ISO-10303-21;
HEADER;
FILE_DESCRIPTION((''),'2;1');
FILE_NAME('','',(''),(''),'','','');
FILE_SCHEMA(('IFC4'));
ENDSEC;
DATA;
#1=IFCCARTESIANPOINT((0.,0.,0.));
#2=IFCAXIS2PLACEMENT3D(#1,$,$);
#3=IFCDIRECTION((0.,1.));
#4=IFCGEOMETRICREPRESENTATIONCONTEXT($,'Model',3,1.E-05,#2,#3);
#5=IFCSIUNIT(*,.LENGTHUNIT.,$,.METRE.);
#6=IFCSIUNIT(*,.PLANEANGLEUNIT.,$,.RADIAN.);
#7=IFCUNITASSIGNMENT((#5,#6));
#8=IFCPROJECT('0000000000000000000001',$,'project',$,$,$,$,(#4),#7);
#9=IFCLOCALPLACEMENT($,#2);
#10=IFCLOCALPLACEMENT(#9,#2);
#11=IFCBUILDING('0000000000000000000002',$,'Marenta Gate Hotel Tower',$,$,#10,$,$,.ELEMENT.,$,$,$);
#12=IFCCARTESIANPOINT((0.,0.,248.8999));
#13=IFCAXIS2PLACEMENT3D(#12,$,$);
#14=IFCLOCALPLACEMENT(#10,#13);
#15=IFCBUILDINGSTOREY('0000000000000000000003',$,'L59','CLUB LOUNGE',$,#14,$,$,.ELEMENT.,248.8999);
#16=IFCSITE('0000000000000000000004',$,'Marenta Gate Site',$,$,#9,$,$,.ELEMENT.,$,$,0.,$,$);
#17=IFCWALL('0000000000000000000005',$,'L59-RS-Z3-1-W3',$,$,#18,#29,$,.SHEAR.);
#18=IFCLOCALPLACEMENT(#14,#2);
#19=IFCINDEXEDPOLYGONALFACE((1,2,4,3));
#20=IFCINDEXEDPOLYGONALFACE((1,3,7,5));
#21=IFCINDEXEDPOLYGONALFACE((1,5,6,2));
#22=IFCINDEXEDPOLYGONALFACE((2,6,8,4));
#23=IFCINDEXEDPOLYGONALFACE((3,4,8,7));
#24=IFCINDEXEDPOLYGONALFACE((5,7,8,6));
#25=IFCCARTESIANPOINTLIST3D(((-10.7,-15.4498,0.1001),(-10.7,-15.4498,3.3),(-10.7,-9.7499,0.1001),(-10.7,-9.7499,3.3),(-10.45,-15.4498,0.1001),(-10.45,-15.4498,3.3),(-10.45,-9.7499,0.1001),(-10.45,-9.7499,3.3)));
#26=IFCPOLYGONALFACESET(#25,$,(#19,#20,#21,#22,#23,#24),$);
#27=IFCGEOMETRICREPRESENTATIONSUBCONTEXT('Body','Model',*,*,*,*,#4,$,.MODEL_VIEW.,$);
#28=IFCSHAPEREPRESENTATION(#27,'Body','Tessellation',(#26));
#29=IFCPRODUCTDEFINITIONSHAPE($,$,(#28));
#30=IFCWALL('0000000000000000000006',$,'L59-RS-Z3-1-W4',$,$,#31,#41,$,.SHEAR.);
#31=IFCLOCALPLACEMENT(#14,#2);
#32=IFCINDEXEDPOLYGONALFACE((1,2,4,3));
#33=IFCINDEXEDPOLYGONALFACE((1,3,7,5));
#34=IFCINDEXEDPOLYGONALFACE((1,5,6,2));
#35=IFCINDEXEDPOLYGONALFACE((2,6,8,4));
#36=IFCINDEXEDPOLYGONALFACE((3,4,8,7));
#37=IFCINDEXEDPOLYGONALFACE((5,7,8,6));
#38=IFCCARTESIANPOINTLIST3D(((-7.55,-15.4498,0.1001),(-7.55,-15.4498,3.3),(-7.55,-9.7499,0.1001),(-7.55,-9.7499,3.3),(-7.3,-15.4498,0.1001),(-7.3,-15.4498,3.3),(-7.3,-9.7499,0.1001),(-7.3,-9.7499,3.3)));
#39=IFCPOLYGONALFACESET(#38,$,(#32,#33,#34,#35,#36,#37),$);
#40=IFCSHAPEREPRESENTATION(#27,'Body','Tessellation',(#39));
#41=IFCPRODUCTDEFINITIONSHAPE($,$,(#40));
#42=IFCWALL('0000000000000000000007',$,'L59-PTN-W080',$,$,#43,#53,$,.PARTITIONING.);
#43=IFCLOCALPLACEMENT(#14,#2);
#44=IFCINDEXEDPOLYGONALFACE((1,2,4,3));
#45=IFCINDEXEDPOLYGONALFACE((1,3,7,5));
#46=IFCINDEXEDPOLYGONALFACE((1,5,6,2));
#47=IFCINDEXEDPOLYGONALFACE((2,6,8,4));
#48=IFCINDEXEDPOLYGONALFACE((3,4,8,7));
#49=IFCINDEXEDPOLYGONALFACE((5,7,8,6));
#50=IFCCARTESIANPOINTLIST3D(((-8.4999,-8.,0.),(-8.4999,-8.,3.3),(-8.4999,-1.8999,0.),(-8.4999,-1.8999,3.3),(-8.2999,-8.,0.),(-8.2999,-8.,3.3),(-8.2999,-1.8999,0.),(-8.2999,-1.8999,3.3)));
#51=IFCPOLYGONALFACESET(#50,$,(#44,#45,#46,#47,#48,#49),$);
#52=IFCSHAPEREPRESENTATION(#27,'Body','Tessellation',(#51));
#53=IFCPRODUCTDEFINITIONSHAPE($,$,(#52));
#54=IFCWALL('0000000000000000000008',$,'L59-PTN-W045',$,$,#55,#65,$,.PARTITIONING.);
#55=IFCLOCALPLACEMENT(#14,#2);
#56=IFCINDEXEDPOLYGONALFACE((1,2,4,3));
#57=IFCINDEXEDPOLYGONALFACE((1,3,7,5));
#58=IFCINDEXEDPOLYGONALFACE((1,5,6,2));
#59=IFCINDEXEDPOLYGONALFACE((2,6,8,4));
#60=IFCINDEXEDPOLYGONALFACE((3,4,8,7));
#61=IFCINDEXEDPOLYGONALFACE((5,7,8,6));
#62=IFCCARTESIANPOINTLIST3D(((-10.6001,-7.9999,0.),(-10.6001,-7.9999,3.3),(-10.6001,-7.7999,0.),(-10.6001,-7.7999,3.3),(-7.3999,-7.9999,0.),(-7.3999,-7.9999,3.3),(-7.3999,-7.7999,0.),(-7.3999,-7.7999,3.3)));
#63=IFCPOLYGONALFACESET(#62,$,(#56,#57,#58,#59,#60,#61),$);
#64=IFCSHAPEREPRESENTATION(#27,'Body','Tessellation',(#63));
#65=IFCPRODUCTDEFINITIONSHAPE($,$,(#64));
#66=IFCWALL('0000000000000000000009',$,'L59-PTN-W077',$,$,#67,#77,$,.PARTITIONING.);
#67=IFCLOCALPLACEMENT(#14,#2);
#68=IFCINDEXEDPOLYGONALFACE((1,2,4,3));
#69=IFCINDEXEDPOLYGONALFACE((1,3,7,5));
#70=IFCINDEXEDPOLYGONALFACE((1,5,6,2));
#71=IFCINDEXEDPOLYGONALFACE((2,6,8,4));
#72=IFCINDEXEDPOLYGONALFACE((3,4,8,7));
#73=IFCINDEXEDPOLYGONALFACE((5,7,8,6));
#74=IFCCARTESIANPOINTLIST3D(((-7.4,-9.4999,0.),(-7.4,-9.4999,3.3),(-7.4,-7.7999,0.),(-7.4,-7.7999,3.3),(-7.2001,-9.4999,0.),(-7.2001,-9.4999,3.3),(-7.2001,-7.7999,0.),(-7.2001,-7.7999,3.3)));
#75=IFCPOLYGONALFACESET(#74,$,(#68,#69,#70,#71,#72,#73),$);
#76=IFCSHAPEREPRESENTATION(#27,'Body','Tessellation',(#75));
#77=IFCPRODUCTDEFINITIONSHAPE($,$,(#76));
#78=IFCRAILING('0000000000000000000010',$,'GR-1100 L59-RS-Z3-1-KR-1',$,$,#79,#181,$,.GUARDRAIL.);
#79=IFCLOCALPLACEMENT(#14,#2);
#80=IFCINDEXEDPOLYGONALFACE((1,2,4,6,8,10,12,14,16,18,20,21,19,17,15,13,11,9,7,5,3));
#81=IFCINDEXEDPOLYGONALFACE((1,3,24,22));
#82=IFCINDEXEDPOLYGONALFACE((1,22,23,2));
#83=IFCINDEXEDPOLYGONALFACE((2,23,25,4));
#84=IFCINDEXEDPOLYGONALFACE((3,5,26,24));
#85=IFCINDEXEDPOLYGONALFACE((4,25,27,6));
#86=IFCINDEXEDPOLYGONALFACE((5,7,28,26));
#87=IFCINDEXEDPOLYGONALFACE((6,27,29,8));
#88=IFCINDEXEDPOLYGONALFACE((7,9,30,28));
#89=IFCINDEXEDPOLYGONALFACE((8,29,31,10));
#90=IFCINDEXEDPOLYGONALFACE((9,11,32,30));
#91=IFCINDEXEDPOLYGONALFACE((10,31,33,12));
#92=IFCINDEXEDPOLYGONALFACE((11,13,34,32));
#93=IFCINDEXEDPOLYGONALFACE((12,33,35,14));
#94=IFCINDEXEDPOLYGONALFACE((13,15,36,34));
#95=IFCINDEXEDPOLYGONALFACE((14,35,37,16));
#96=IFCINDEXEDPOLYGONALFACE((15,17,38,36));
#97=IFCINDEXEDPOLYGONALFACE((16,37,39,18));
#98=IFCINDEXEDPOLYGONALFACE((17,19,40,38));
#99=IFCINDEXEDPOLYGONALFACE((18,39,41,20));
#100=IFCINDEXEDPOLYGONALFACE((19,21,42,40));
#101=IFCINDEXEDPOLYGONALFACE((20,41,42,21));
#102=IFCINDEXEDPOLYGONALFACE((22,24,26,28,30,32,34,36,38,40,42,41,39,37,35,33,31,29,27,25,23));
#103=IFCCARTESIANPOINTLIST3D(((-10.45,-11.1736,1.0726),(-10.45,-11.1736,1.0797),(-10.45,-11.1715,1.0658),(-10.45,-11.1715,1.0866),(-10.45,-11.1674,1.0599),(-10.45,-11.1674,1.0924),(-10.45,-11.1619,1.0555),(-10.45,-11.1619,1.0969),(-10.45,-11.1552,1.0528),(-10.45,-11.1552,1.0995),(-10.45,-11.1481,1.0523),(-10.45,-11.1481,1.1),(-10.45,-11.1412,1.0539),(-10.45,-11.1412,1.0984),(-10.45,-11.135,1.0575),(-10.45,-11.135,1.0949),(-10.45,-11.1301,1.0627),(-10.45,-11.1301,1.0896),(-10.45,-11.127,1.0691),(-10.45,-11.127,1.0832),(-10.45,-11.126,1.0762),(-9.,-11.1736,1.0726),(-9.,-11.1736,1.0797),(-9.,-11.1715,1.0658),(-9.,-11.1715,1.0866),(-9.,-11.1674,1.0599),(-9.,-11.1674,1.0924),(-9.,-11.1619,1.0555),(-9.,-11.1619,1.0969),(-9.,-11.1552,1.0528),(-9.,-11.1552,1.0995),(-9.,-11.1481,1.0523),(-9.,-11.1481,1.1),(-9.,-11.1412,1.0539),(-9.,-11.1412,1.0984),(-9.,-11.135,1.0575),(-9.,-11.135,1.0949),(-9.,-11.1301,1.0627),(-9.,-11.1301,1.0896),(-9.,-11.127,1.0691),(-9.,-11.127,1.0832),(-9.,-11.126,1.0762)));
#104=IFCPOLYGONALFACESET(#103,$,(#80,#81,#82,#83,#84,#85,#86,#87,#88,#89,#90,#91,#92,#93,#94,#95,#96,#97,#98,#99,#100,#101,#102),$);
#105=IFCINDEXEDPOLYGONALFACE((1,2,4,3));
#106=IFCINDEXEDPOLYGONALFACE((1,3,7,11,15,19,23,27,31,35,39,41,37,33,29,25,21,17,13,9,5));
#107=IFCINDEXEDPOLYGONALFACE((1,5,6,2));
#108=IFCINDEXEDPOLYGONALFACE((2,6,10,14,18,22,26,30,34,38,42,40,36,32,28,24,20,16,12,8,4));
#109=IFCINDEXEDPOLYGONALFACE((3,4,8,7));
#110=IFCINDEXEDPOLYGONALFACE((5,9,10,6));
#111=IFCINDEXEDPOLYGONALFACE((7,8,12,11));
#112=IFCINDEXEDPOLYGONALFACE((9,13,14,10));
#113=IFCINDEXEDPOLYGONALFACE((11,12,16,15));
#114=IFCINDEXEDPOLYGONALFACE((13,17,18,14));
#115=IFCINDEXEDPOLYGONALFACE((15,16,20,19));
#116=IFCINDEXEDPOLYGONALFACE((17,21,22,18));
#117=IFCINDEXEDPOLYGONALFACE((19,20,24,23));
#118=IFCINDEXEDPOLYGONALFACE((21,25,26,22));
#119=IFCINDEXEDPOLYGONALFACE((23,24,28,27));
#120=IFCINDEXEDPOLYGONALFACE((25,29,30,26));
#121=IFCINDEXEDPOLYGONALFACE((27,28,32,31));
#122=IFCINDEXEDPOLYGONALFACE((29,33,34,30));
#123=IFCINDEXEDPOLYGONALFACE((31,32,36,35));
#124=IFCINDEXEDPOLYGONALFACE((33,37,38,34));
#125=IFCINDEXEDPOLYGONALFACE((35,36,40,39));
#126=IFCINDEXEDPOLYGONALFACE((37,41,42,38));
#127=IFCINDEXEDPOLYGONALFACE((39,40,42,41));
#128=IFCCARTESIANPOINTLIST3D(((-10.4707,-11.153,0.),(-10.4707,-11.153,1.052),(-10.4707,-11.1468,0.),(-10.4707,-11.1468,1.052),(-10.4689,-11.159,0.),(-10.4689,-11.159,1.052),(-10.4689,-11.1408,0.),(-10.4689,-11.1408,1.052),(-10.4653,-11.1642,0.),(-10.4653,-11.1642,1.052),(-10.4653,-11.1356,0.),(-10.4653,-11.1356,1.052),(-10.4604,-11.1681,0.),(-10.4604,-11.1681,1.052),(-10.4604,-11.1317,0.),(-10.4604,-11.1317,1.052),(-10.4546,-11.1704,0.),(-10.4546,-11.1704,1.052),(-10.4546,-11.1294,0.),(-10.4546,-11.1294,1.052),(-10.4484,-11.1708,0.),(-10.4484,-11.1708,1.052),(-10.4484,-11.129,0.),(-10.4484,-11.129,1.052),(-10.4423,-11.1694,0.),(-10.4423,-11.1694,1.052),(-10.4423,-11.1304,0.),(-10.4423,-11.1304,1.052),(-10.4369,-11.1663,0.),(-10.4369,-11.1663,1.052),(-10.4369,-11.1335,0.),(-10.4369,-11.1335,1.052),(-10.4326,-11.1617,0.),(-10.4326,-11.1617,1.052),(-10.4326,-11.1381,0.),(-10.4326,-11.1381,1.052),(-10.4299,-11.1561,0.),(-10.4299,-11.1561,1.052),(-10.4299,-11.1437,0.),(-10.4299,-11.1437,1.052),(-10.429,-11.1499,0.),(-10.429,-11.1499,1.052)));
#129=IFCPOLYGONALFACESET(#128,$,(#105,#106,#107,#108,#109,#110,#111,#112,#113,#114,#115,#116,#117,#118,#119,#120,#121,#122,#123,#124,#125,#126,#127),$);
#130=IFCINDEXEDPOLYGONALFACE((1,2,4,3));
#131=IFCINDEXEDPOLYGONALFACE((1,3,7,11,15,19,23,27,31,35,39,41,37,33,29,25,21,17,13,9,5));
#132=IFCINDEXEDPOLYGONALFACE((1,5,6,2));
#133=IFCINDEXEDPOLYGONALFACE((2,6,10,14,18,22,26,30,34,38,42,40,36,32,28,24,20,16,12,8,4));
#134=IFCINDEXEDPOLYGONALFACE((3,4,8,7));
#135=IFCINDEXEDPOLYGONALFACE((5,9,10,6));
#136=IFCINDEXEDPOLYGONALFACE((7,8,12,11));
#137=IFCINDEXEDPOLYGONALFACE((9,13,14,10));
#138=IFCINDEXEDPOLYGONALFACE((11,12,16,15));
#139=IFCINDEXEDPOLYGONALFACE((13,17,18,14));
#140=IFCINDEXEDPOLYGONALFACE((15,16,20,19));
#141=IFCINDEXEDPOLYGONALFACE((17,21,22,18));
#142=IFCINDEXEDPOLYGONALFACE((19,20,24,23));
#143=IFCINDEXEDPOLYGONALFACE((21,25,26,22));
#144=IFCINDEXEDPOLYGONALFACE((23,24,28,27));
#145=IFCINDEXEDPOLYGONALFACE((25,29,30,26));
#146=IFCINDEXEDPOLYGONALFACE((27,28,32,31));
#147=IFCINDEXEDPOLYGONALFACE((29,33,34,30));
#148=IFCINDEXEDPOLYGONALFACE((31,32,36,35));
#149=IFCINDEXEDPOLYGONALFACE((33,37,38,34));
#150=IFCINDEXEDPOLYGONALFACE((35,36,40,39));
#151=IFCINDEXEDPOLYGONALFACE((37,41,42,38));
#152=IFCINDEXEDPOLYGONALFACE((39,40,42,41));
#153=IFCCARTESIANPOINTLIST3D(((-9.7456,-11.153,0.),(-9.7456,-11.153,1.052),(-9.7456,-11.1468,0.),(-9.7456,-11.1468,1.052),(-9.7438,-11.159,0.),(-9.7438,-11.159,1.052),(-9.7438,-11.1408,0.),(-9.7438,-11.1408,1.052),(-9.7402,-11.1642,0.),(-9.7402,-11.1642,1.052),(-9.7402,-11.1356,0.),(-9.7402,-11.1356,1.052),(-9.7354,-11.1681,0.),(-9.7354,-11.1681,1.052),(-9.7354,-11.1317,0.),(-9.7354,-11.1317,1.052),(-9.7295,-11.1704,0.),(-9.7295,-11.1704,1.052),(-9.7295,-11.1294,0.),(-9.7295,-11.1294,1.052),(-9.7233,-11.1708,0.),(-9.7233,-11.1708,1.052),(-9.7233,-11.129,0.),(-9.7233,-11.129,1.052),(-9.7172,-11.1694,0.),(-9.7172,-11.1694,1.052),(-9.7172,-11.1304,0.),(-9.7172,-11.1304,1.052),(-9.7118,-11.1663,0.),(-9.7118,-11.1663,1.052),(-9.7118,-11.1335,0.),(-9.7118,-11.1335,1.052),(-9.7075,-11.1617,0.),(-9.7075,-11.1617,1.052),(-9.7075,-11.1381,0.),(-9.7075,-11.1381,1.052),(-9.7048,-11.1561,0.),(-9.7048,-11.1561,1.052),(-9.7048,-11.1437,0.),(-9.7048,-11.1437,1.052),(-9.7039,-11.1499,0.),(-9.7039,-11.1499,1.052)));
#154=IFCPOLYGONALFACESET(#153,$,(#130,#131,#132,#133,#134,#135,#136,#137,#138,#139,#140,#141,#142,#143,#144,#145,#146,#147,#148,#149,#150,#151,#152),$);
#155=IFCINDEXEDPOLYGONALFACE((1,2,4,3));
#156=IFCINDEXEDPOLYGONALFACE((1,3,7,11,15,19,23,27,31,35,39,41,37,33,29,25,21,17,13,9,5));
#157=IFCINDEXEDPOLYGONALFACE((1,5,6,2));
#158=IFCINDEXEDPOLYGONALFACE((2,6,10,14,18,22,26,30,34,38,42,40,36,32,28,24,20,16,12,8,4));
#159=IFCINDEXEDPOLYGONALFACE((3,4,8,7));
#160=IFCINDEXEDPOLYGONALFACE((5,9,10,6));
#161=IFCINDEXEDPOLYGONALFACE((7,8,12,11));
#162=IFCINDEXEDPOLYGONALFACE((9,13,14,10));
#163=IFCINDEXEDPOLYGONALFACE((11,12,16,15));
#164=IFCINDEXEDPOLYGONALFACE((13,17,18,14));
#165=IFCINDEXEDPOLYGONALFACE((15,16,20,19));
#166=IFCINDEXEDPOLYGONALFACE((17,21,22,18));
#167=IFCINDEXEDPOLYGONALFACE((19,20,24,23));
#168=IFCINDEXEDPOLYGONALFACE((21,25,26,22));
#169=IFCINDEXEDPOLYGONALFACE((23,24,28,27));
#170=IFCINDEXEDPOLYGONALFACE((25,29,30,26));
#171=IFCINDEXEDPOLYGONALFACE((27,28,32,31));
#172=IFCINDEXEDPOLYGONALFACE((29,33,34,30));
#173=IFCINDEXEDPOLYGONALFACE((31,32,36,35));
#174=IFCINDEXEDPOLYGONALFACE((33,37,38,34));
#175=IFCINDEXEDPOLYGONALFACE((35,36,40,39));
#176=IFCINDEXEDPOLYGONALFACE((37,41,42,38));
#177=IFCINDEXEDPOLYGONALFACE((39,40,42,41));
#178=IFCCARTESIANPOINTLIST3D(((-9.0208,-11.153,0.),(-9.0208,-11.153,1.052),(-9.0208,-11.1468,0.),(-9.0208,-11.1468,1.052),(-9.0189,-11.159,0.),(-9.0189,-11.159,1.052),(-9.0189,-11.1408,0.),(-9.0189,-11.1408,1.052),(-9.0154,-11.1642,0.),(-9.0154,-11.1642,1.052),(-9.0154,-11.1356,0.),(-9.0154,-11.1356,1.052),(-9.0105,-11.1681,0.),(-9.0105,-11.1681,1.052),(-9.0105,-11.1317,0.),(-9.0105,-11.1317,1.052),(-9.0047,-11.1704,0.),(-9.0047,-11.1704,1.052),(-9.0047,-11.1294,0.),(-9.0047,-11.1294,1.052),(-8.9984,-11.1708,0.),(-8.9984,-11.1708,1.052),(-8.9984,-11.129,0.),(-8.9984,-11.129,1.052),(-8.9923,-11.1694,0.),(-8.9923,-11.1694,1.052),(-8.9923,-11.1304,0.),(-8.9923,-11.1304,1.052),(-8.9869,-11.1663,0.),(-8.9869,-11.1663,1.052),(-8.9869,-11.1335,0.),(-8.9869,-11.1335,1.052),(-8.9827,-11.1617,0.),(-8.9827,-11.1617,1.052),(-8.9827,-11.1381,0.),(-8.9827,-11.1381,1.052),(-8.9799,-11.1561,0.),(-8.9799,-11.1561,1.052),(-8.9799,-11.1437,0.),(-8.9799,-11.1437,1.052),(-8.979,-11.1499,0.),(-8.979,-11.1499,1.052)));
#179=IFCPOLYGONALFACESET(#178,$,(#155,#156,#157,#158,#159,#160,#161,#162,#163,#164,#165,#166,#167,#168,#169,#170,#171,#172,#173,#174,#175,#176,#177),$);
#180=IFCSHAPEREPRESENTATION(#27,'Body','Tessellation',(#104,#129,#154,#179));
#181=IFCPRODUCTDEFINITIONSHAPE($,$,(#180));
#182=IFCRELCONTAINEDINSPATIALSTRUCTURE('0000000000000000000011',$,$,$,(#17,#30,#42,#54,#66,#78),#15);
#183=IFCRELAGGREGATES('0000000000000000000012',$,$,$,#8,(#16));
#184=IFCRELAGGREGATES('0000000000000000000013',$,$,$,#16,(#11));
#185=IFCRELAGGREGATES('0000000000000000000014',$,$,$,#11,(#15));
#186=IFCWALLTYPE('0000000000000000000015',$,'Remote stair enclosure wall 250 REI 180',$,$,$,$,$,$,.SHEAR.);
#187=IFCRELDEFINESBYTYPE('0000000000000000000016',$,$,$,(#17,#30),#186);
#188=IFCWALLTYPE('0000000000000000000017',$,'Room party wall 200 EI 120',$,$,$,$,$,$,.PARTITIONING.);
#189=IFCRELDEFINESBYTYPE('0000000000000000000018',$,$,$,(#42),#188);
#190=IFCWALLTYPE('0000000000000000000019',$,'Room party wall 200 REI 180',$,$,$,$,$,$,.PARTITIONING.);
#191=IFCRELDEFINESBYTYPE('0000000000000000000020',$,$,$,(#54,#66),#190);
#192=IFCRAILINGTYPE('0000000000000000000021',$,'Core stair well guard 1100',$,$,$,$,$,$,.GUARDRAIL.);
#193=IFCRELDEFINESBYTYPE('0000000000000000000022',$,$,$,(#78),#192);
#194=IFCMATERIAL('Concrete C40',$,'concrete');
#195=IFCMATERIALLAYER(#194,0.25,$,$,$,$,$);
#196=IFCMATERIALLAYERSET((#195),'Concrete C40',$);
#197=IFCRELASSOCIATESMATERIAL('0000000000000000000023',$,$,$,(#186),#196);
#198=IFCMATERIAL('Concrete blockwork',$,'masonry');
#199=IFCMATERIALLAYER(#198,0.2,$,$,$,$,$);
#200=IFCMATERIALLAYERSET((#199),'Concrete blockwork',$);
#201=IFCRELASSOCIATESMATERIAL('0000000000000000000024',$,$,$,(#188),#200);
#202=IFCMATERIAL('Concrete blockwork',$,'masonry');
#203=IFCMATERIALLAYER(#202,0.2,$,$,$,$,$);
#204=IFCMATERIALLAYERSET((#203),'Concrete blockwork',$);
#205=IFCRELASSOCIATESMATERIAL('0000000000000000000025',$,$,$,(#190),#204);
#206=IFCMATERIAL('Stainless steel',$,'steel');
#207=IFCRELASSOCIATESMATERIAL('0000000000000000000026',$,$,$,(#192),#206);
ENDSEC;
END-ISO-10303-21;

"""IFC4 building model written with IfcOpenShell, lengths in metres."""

from ifc_helpers import new_model, si_unit, direction, frame, frame_2d, origin, origin_2d, place, context, subcontext, project, spatial, rectangle, circle, extrude, material, layer, layer_set, type_object, element, save


model = new_model("IFC4")

# Units and contexts
model_context = context("Model", 3, precision=1e-05, world=origin(), true_north=direction((0.0, 1.0)))
body_context = subcontext(model_context, "Body", "Model", "MODEL_VIEW")
ifc_project = project(units=[si_unit("LENGTHUNIT", "METRE"), si_unit("PLANEANGLEUNIT", "RADIAN")], contexts=[model_context])

# Site, building, storey
site_placement = place(None, origin())
site = spatial("IfcSite", under=ifc_project, at=site_placement, Name="Marenta Gate Site", CompositionType="ELEMENT", RefElevation=0.0)
building_placement = place(site_placement, origin())
building = spatial("IfcBuilding", under=site, at=building_placement, Name="Marenta Gate Hotel Tower", CompositionType="ELEMENT")
storey_placement = place(building_placement, frame((0.0, 0.0, 248.8999)))
storey = spatial("IfcBuildingStorey", under=building, at=storey_placement, Name="L59", Description="CLUB LOUNGE", CompositionType="ELEMENT", Elevation=248.8999)

# Shared definitions
ifc_material_1 = material(Name="Concrete C40", Category="concrete")
ifc_layer_1 = layer(ifc_material_1, 0.25)
ifc_layer_set_1 = layer_set([ifc_layer_1], Name="Concrete C40")
wall_type_1 = type_object("IfcWallType", Name="Remote stair enclosure wall 250 REI 180", PredefinedType="SHEAR", material=ifc_layer_set_1)

# Walls
for number, where, z_axis, x_axis, name in (
    (1, (-10.575, -15.45, 0.1001), (0.0, 0.0, 1.0), (0.0, 1.0, 0.0), "L59-RS-Z3-1-W3"),
    (2, (-7.425, -15.45, 0.1001), (0.0, 0.0, 1.0), (0.0, 1.0, 0.0), "L59-RS-Z3-1-W4"),
):
    element("IfcWall", number, at=place(storey_placement, frame(where, z_axis=z_axis, x_axis=x_axis)), inside=storey, type_object=wall_type_1, Name=name, PredefinedType="SHEAR", context=body_context, shape_type="SweptSolid", body=[
        extrude(rectangle(XDim=5.7, YDim=0.25, at=frame_2d((2.8501, 0.0))), origin(), (0.0, 0.0, 1.0), 3.2),
    ])

# Walls
ifc_material_2 = material(Name="Concrete blockwork", Category="masonry")
ifc_layer_2 = layer(ifc_material_2, 0.2)
ifc_layer_set_2 = layer_set([ifc_layer_2], Name="Concrete blockwork")
wall_type_2 = type_object("IfcWallType", Name="Room party wall 200 EI 120", PredefinedType="PARTITIONING", material=ifc_layer_set_2)
wall_1_placement = place(storey_placement, frame((-8.3999, -8.0, 0.0), z_axis=(0.0, 0.0, 1.0), x_axis=(0.0, 1.0, 0.0)))
element("IfcWall", 3, at=wall_1_placement, inside=storey, type_object=wall_type_2, Name="L59-PTN-W080", PredefinedType="PARTITIONING", context=body_context, shape_type="SweptSolid", body=[
    extrude(rectangle(XDim=6.1001, YDim=0.2, at=frame_2d((3.05, 0.0))), origin(), (0.0, 0.0, 1.0), 3.3),
])
ifc_material_3 = material(Name="Concrete blockwork", Category="masonry")
ifc_layer_3 = layer(ifc_material_3, 0.2)
ifc_layer_set_3 = layer_set([ifc_layer_3], Name="Concrete blockwork")
wall_type_3 = type_object("IfcWallType", Name="Room party wall 200 REI 180", PredefinedType="PARTITIONING", material=ifc_layer_set_3)
wall_2_placement = place(storey_placement, frame((-10.6001, -7.8999, 0.0), z_axis=(0.0, 0.0, 1.0), x_axis=(1.0, 0.0, 0.0)))
element("IfcWall", 4, at=wall_2_placement, inside=storey, type_object=wall_type_3, Name="L59-PTN-W045", PredefinedType="PARTITIONING", context=body_context, shape_type="SweptSolid", body=[
    extrude(rectangle(XDim=3.2002, YDim=0.2, at=frame_2d((1.6001, 0.0))), origin(), (0.0, 0.0, 1.0), 3.3),
])
wall_3_placement = place(storey_placement, frame((-7.3, -9.5, 0.0), z_axis=(0.0, 0.0, 1.0), x_axis=(0.0, 1.0, 0.0)))
element("IfcWall", 5, at=wall_3_placement, inside=storey, type_object=wall_type_3, Name="L59-PTN-W077", PredefinedType="PARTITIONING", context=body_context, shape_type="SweptSolid", body=[
    extrude(rectangle(XDim=1.7, YDim=0.2, at=frame_2d((0.8501, 0.0))), origin(), (0.0, 0.0, 1.0), 3.3),
])

# Railing
ifc_material_4 = material(Name="Stainless steel", Category="steel")
railing_type = type_object("IfcRailingType", Name="Core stair well guard 1100", PredefinedType="GUARDRAIL", material=ifc_material_4)
railing_placement = place(storey_placement, frame((-10.45, -11.1499, 0.0)))
element("IfcRailing", 6, at=railing_placement, inside=storey, type_object=railing_type, Name="GR-1100 L59-RS-Z3-1-KR-1", PredefinedType="GUARDRAIL", context=body_context, shape_type="SweptSolid", body=[
    extrude(circle(Radius=0.0239, at=origin_2d()), frame((0.0, 0.0, 1.0762), z_axis=(1.0, 0.0, 0.0), x_axis=(0.0, 1.0, 0.0)), (0.0, 0.0, 1.0), 1.45),
    extrude(circle(Radius=0.021, at=origin_2d()), origin(), (0.0, 0.0, 1.0), 1.052),
    extrude(circle(Radius=0.021, at=origin_2d()), frame((0.7251, 0.0, 0.0)), (0.0, 0.0, 1.0), 1.052),
    extrude(circle(Radius=0.021, at=origin_2d()), frame((1.45, 0.0, 0.0)), (0.0, 0.0, 1.0), 1.052),
])

save(model, "model.ifc")
